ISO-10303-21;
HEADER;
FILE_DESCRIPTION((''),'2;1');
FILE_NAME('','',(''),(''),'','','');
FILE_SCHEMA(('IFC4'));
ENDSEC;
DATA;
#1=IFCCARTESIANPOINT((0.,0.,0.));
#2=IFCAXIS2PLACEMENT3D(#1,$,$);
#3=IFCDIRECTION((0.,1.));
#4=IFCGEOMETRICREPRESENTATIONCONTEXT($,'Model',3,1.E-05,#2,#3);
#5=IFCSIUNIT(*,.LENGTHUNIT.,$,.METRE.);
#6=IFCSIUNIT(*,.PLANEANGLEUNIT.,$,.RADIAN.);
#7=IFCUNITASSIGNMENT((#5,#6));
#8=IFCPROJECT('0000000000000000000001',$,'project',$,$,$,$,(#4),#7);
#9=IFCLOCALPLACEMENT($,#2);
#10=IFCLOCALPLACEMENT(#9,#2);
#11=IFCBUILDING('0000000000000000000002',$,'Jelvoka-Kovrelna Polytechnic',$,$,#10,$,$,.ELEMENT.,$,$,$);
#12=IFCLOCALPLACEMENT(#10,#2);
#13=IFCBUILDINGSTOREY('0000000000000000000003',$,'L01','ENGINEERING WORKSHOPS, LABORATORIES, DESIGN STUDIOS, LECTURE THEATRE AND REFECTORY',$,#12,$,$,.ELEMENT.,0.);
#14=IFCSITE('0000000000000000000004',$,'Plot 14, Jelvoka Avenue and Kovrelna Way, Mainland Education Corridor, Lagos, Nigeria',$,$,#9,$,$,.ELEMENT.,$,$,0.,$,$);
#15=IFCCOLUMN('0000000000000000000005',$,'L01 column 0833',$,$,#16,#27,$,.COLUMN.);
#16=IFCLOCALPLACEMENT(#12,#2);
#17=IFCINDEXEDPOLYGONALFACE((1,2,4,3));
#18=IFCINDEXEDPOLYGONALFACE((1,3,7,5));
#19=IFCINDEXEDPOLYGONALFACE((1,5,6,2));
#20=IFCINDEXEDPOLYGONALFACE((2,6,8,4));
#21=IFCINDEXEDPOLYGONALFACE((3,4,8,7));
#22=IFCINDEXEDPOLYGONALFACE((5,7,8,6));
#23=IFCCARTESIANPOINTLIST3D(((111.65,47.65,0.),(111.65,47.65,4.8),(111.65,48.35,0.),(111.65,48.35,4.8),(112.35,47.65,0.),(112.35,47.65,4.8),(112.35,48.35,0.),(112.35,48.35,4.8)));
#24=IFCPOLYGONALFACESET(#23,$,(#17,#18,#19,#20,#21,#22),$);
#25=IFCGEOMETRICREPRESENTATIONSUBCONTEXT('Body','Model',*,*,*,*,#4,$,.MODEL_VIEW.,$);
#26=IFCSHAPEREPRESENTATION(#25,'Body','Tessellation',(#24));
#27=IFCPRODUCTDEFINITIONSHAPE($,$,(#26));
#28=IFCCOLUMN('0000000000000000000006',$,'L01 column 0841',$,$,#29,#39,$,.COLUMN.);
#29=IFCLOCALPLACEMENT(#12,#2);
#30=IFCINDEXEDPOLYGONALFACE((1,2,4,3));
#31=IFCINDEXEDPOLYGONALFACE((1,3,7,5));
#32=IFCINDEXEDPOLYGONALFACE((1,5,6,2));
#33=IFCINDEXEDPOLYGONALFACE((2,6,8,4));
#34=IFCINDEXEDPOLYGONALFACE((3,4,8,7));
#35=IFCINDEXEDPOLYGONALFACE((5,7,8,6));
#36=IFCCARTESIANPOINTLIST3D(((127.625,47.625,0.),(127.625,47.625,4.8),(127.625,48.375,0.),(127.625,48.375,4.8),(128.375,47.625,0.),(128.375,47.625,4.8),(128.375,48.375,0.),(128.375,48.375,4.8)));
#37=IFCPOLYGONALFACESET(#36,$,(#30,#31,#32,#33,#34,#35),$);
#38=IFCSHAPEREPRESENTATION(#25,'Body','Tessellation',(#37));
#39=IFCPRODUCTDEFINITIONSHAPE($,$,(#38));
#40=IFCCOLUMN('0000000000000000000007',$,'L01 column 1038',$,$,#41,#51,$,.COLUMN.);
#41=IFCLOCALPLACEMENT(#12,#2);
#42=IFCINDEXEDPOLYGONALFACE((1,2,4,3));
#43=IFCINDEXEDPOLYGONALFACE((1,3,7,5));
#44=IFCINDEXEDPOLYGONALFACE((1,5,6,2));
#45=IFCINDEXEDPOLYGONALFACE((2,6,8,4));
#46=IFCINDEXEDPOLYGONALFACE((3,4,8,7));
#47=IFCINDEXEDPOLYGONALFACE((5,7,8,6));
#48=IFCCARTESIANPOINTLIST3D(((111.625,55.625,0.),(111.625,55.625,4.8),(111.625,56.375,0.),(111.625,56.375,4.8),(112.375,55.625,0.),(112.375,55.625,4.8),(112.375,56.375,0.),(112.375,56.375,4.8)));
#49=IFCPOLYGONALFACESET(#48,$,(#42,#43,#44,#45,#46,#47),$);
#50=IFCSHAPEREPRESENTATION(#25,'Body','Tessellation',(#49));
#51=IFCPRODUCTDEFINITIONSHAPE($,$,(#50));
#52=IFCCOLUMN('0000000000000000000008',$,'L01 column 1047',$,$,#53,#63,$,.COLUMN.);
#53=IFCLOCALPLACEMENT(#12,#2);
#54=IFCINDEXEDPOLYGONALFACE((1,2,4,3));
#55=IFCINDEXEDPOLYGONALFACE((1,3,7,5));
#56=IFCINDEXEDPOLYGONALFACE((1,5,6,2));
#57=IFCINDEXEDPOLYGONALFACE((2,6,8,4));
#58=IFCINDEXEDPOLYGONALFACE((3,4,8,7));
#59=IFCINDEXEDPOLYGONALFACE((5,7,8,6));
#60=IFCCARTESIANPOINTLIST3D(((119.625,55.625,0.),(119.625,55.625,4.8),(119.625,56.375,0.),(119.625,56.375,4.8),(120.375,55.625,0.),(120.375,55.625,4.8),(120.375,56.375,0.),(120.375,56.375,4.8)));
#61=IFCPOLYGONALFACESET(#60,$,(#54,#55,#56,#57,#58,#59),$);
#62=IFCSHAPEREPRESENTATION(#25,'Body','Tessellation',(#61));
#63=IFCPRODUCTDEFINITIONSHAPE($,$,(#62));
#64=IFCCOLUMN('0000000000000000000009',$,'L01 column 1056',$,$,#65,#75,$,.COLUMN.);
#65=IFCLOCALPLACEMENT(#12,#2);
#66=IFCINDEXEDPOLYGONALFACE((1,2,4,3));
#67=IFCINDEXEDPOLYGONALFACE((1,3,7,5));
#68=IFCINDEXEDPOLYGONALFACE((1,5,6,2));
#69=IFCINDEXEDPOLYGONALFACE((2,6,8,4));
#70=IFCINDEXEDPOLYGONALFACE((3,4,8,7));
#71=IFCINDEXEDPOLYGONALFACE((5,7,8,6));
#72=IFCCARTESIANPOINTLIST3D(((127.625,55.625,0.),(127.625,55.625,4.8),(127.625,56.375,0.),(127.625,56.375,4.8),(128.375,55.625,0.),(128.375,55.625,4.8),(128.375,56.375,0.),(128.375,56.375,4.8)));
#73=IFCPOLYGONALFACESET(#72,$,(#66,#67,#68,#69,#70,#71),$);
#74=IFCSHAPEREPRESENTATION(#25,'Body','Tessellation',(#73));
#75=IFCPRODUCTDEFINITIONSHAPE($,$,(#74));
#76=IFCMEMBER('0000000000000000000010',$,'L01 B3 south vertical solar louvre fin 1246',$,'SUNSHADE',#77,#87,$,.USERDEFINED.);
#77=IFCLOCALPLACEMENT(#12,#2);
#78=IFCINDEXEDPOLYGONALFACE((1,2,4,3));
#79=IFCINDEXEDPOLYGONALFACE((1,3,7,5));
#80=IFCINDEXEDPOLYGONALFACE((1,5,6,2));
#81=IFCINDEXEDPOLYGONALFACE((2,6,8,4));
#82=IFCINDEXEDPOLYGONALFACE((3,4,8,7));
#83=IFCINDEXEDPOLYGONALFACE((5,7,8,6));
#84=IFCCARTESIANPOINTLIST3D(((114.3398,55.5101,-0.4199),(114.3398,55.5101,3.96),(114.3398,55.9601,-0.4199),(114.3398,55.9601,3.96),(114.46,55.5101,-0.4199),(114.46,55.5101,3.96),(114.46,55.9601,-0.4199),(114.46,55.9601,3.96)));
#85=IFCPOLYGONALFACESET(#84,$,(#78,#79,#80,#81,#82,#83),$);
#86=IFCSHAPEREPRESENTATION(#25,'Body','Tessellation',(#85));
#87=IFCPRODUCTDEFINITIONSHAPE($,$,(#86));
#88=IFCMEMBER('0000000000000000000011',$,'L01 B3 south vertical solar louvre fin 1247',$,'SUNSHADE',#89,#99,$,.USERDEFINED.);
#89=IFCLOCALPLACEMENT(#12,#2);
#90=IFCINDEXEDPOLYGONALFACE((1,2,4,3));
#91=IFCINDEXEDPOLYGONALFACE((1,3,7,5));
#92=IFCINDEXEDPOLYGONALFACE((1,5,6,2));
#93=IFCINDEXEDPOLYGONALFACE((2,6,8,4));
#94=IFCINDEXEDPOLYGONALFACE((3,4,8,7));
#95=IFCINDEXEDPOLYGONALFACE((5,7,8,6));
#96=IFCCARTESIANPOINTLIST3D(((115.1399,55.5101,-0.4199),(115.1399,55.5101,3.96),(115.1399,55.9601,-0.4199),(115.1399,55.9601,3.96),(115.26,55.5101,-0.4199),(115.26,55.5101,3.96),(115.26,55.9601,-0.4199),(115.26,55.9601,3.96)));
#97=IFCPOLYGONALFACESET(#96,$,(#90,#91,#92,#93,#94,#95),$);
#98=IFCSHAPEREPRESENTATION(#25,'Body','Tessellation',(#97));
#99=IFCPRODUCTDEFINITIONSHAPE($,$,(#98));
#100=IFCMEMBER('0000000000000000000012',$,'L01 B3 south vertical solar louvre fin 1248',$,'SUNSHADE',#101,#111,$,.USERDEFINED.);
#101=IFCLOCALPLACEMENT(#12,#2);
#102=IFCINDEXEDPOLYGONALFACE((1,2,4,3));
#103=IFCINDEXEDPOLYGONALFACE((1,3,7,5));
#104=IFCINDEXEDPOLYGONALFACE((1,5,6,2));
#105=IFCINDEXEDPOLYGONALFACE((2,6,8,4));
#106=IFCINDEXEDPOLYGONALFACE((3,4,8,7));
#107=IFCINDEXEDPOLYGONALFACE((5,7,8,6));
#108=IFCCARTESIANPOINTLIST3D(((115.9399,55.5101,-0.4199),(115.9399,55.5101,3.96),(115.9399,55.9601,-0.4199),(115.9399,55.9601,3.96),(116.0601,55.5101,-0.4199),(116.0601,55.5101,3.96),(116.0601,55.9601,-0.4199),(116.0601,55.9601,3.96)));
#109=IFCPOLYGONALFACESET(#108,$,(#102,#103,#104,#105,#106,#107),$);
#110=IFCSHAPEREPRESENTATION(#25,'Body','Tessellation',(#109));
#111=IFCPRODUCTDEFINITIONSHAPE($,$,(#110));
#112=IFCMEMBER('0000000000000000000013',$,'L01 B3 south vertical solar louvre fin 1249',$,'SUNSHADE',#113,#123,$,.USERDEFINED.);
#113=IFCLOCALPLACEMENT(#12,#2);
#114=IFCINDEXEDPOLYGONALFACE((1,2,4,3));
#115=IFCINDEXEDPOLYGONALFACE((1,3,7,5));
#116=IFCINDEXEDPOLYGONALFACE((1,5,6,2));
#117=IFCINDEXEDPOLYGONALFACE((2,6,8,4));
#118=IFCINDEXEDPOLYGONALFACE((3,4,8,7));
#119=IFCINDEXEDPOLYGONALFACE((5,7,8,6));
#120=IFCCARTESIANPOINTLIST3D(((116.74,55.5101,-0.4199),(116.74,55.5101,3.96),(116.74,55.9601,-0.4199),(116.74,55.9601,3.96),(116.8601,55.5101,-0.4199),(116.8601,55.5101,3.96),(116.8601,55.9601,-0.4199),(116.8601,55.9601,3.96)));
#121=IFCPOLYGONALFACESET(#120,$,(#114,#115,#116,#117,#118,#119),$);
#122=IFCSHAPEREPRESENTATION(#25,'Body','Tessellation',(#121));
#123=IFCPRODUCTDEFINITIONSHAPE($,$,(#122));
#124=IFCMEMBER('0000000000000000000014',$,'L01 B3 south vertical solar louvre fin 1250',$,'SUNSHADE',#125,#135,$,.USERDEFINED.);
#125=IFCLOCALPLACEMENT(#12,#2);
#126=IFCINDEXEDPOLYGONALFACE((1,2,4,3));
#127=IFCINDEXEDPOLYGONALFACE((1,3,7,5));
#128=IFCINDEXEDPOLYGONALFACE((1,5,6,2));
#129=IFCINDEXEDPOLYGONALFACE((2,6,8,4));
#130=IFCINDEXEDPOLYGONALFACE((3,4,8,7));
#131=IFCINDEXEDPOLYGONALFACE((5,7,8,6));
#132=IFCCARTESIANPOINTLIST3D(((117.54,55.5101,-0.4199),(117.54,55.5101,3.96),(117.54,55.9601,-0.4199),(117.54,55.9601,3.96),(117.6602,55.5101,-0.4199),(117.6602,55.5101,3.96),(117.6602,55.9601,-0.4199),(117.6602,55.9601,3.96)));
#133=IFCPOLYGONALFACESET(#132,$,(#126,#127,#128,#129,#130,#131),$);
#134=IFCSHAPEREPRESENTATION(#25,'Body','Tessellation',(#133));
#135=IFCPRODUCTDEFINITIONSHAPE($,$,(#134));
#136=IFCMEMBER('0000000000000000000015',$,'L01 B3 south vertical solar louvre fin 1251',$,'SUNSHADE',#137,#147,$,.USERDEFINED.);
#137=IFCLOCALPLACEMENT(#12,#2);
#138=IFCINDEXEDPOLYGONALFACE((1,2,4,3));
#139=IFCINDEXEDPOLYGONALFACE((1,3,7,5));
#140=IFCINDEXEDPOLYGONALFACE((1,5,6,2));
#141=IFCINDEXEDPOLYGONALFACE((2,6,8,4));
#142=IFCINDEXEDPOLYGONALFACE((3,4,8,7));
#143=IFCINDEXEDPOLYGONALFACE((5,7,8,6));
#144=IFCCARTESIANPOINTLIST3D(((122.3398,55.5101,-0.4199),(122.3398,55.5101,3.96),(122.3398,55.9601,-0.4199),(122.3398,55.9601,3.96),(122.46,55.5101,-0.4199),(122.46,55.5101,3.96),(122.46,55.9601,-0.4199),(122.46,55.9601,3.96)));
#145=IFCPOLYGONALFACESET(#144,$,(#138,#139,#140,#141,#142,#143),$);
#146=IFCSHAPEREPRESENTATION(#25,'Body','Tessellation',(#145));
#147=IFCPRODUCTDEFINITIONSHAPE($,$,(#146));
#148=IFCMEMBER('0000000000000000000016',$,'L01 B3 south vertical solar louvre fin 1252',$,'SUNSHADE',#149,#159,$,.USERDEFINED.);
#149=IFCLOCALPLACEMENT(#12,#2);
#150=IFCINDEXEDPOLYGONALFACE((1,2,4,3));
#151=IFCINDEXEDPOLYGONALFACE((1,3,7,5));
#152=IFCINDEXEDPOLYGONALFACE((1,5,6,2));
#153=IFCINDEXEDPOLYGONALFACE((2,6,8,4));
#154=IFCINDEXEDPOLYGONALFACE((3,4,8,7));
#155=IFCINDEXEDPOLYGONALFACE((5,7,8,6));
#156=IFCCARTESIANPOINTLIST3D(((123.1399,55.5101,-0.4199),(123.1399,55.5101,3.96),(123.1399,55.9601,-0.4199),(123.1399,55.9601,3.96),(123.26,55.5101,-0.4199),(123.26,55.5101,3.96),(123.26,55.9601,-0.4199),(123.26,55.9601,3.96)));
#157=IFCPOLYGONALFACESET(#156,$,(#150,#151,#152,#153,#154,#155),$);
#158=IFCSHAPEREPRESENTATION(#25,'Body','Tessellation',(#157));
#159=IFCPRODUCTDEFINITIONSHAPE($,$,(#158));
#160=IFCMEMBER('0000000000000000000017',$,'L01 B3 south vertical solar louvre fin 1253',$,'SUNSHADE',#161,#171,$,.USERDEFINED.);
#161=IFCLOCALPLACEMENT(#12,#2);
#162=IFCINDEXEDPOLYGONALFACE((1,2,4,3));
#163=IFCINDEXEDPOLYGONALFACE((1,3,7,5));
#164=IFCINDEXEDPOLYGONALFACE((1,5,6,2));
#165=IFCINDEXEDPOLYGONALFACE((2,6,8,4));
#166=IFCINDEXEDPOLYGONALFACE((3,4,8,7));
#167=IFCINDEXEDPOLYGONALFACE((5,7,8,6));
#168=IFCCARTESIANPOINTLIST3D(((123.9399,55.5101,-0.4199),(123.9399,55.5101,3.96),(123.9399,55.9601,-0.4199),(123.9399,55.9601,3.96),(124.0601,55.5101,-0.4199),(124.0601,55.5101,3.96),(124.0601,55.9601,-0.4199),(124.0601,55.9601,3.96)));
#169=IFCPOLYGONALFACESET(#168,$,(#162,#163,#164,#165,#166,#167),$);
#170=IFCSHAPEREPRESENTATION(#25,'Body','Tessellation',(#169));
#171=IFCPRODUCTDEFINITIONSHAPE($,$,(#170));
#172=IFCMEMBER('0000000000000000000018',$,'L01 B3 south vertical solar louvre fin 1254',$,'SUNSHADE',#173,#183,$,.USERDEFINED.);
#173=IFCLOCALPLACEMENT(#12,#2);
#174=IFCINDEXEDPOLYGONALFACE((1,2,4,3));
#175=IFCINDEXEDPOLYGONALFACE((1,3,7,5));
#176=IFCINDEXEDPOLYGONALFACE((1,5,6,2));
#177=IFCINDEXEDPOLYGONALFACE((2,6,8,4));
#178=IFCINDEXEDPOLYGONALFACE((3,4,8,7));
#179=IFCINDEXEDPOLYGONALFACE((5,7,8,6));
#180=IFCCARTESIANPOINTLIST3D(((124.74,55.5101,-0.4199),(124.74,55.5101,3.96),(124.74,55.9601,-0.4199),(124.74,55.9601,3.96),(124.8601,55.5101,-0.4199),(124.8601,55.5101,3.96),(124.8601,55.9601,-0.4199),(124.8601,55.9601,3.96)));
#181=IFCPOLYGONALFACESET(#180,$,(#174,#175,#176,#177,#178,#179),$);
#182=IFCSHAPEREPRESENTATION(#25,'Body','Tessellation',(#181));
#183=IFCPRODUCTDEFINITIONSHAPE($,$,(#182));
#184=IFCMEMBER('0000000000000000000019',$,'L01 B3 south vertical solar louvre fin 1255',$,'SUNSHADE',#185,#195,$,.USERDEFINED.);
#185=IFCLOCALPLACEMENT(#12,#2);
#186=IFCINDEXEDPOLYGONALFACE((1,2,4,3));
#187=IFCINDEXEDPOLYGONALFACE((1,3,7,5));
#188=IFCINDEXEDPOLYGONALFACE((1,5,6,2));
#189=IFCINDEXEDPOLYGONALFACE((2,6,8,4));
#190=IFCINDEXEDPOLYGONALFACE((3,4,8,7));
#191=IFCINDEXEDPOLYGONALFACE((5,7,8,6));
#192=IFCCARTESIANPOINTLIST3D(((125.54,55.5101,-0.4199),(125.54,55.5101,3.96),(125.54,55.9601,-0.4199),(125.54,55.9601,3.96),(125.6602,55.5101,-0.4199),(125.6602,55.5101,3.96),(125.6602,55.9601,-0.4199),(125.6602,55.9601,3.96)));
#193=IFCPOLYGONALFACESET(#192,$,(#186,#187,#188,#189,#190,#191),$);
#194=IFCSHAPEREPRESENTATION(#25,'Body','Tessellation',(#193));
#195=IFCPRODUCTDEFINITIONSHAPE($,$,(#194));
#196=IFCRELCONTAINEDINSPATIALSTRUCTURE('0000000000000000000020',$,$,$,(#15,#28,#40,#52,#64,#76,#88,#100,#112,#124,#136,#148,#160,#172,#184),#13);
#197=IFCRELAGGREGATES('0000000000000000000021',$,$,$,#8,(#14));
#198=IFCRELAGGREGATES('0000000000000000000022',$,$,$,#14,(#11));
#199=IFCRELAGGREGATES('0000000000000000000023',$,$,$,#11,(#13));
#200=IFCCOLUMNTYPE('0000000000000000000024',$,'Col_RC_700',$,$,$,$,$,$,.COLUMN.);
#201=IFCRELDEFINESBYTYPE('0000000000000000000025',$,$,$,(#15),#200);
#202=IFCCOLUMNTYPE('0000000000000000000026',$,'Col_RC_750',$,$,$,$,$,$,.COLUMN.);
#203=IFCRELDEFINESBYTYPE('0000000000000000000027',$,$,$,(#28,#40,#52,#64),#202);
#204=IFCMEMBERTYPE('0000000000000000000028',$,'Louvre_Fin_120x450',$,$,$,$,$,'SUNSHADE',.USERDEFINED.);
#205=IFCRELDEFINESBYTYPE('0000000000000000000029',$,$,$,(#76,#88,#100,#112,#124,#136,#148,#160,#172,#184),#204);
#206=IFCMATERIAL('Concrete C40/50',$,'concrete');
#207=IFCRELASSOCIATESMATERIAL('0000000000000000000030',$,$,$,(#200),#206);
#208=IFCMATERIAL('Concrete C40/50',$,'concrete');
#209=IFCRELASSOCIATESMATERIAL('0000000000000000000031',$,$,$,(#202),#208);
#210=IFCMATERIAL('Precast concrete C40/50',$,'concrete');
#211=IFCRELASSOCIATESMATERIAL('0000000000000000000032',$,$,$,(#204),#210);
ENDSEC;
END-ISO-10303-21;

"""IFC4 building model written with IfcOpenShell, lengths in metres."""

from ifc_helpers import new_model, si_unit, direction, frame, origin, origin_2d, place, context, subcontext, project, spatial, rectangle, extrude, material, material_profile, profile_set, type_object, element, save


model = new_model("IFC4")

# Units and contexts
model_context = context("Model", 3, precision=1e-05, world=origin(), true_north=direction((0.0, 1.0)))
body_context = subcontext(model_context, "Body", "Model", "MODEL_VIEW")
ifc_project = project(units=[si_unit("LENGTHUNIT", "METRE"), si_unit("PLANEANGLEUNIT", "RADIAN")], contexts=[model_context])

# Site, building, storey
site_placement = place(None, origin())
site = spatial("IfcSite", under=ifc_project, at=site_placement, Name="Plot 14, Jelvoka Avenue and Kovrelna Way, Mainland Education Corridor, Lagos, Nigeria", CompositionType="ELEMENT", RefElevation=0.0)
building_placement = place(site_placement, origin())
building = spatial("IfcBuilding", under=site, at=building_placement, Name="Jelvoka-Kovrelna Polytechnic", CompositionType="ELEMENT")
storey_placement = place(building_placement, origin())
storey = spatial("IfcBuildingStorey", under=building, at=storey_placement, Name="L01", Description="ENGINEERING WORKSHOPS, LABORATORIES, DESIGN STUDIOS, LECTURE THEATRE AND REFECTORY", CompositionType="ELEMENT", Elevation=0.0)

# Columns
ifc_material_1 = material(Name="Concrete C40/50", Category="concrete")
ifc_material_profile_1 = material_profile(ifc_material_1, rectangle(XDim=0.7, YDim=0.7, at=origin_2d()), Name="RC 700x700")
ifc_profile_set_1 = profile_set([ifc_material_profile_1], Name="Concrete C40/50")
column_type_1 = type_object("IfcColumnType", Name="Col_RC_700", PredefinedType="COLUMN", material=ifc_profile_set_1)
column_placement = place(storey_placement, frame((112.0, 48.0, 0.0), z_axis=(0.0, 0.0, 1.0), x_axis=(1.0, 0.0, 0.0)))
element("IfcColumn", 1, at=column_placement, inside=storey, type_object=column_type_1, Name="L01 column 0833", PredefinedType="COLUMN", context=body_context, shape_type="SweptSolid", body=[
    extrude(rectangle(XDim=0.7, YDim=0.7, at=origin_2d()), origin(), (0.0, 0.0, 1.0), 4.8),
])
ifc_material_2 = material(Name="Concrete C40/50", Category="concrete")
ifc_material_profile_2 = material_profile(ifc_material_2, rectangle(XDim=0.75, YDim=0.75, at=origin_2d()), Name="RC 750x750")
ifc_profile_set_2 = profile_set([ifc_material_profile_2], Name="Concrete C40/50")
column_type_2 = type_object("IfcColumnType", Name="Col_RC_750", PredefinedType="COLUMN", material=ifc_profile_set_2)
for number, where, z_axis, x_axis, name in (
    (2, (128.0, 48.0, 0.0), (0.0, 0.0, 1.0), (1.0, 0.0, 0.0), "L01 column 0841"),
    (3, (112.0, 56.0, 0.0), (0.0, 0.0, 1.0), (1.0, 0.0, 0.0), "L01 column 1038"),
    (4, (120.0, 56.0, 0.0), (0.0, 0.0, 1.0), (1.0, 0.0, 0.0), "L01 column 1047"),
    (5, (128.0, 56.0, 0.0), (0.0, 0.0, 1.0), (1.0, 0.0, 0.0), "L01 column 1056"),
):
    element("IfcColumn", number, at=place(storey_placement, frame(where, z_axis=z_axis, x_axis=x_axis)), inside=storey, type_object=column_type_2, Name=name, PredefinedType="COLUMN", context=body_context, shape_type="SweptSolid", body=[
        extrude(rectangle(XDim=0.75, YDim=0.75, at=origin_2d()), origin(), (0.0, 0.0, 1.0), 4.8),
    ])

# Members
ifc_material_3 = material(Name="Precast concrete C40/50", Category="concrete")
ifc_material_profile_3 = material_profile(ifc_material_3, rectangle(XDim=0.1201, YDim=0.45, at=origin_2d()), Name="PC 120x450")
ifc_profile_set_3 = profile_set([ifc_material_profile_3], Name="Precast concrete C40/50")
member_type_1 = type_object("IfcMemberType", Name="Louvre_Fin_120x450", ElementType="SUNSHADE", PredefinedType="USERDEFINED", material=ifc_profile_set_3)
for number, where, z_axis, x_axis, name in (
    (6, (114.3999, 55.7351, -0.4199), (0.0, 0.0, 1.0), (1.0, 0.0, 0.0), "L01 B3 south vertical solar louvre fin 1246"),
    (7, (115.2, 55.7351, -0.4199), (0.0, 0.0, 1.0), (1.0, 0.0, 0.0), "L01 B3 south vertical solar louvre fin 1247"),
    (8, (116.0, 55.7351, -0.4199), (0.0, 0.0, 1.0), (1.0, 0.0, 0.0), "L01 B3 south vertical solar louvre fin 1248"),
    (9, (116.8, 55.7351, -0.4199), (0.0, 0.0, 1.0), (1.0, 0.0, 0.0), "L01 B3 south vertical solar louvre fin 1249"),
    (10, (117.6001, 55.7351, -0.4199), (0.0, 0.0, 1.0), (1.0, 0.0, 0.0), "L01 B3 south vertical solar louvre fin 1250"),
    (11, (122.3999, 55.7351, -0.4199), (0.0, 0.0, 1.0), (1.0, 0.0, 0.0), "L01 B3 south vertical solar louvre fin 1251"),
    (12, (123.2, 55.7351, -0.4199), (0.0, 0.0, 1.0), (1.0, 0.0, 0.0), "L01 B3 south vertical solar louvre fin 1252"),
    (13, (124.0, 55.7351, -0.4199), (0.0, 0.0, 1.0), (1.0, 0.0, 0.0), "L01 B3 south vertical solar louvre fin 1253"),
    (14, (124.8, 55.7351, -0.4199), (0.0, 0.0, 1.0), (1.0, 0.0, 0.0), "L01 B3 south vertical solar louvre fin 1254"),
    (15, (125.6001, 55.7351, -0.4199), (0.0, 0.0, 1.0), (1.0, 0.0, 0.0), "L01 B3 south vertical solar louvre fin 1255"),
):
    element("IfcMember", number, at=place(storey_placement, frame(where, z_axis=z_axis, x_axis=x_axis)), inside=storey, type_object=member_type_1, Name=name, ObjectType="SUNSHADE", PredefinedType="USERDEFINED", context=body_context, shape_type="SweptSolid", body=[
        extrude(rectangle(XDim=0.1201, YDim=0.45, at=origin_2d()), origin(), (0.0, 0.0, 1.0), 4.3799),
    ])

save(model, "model.ifc")
